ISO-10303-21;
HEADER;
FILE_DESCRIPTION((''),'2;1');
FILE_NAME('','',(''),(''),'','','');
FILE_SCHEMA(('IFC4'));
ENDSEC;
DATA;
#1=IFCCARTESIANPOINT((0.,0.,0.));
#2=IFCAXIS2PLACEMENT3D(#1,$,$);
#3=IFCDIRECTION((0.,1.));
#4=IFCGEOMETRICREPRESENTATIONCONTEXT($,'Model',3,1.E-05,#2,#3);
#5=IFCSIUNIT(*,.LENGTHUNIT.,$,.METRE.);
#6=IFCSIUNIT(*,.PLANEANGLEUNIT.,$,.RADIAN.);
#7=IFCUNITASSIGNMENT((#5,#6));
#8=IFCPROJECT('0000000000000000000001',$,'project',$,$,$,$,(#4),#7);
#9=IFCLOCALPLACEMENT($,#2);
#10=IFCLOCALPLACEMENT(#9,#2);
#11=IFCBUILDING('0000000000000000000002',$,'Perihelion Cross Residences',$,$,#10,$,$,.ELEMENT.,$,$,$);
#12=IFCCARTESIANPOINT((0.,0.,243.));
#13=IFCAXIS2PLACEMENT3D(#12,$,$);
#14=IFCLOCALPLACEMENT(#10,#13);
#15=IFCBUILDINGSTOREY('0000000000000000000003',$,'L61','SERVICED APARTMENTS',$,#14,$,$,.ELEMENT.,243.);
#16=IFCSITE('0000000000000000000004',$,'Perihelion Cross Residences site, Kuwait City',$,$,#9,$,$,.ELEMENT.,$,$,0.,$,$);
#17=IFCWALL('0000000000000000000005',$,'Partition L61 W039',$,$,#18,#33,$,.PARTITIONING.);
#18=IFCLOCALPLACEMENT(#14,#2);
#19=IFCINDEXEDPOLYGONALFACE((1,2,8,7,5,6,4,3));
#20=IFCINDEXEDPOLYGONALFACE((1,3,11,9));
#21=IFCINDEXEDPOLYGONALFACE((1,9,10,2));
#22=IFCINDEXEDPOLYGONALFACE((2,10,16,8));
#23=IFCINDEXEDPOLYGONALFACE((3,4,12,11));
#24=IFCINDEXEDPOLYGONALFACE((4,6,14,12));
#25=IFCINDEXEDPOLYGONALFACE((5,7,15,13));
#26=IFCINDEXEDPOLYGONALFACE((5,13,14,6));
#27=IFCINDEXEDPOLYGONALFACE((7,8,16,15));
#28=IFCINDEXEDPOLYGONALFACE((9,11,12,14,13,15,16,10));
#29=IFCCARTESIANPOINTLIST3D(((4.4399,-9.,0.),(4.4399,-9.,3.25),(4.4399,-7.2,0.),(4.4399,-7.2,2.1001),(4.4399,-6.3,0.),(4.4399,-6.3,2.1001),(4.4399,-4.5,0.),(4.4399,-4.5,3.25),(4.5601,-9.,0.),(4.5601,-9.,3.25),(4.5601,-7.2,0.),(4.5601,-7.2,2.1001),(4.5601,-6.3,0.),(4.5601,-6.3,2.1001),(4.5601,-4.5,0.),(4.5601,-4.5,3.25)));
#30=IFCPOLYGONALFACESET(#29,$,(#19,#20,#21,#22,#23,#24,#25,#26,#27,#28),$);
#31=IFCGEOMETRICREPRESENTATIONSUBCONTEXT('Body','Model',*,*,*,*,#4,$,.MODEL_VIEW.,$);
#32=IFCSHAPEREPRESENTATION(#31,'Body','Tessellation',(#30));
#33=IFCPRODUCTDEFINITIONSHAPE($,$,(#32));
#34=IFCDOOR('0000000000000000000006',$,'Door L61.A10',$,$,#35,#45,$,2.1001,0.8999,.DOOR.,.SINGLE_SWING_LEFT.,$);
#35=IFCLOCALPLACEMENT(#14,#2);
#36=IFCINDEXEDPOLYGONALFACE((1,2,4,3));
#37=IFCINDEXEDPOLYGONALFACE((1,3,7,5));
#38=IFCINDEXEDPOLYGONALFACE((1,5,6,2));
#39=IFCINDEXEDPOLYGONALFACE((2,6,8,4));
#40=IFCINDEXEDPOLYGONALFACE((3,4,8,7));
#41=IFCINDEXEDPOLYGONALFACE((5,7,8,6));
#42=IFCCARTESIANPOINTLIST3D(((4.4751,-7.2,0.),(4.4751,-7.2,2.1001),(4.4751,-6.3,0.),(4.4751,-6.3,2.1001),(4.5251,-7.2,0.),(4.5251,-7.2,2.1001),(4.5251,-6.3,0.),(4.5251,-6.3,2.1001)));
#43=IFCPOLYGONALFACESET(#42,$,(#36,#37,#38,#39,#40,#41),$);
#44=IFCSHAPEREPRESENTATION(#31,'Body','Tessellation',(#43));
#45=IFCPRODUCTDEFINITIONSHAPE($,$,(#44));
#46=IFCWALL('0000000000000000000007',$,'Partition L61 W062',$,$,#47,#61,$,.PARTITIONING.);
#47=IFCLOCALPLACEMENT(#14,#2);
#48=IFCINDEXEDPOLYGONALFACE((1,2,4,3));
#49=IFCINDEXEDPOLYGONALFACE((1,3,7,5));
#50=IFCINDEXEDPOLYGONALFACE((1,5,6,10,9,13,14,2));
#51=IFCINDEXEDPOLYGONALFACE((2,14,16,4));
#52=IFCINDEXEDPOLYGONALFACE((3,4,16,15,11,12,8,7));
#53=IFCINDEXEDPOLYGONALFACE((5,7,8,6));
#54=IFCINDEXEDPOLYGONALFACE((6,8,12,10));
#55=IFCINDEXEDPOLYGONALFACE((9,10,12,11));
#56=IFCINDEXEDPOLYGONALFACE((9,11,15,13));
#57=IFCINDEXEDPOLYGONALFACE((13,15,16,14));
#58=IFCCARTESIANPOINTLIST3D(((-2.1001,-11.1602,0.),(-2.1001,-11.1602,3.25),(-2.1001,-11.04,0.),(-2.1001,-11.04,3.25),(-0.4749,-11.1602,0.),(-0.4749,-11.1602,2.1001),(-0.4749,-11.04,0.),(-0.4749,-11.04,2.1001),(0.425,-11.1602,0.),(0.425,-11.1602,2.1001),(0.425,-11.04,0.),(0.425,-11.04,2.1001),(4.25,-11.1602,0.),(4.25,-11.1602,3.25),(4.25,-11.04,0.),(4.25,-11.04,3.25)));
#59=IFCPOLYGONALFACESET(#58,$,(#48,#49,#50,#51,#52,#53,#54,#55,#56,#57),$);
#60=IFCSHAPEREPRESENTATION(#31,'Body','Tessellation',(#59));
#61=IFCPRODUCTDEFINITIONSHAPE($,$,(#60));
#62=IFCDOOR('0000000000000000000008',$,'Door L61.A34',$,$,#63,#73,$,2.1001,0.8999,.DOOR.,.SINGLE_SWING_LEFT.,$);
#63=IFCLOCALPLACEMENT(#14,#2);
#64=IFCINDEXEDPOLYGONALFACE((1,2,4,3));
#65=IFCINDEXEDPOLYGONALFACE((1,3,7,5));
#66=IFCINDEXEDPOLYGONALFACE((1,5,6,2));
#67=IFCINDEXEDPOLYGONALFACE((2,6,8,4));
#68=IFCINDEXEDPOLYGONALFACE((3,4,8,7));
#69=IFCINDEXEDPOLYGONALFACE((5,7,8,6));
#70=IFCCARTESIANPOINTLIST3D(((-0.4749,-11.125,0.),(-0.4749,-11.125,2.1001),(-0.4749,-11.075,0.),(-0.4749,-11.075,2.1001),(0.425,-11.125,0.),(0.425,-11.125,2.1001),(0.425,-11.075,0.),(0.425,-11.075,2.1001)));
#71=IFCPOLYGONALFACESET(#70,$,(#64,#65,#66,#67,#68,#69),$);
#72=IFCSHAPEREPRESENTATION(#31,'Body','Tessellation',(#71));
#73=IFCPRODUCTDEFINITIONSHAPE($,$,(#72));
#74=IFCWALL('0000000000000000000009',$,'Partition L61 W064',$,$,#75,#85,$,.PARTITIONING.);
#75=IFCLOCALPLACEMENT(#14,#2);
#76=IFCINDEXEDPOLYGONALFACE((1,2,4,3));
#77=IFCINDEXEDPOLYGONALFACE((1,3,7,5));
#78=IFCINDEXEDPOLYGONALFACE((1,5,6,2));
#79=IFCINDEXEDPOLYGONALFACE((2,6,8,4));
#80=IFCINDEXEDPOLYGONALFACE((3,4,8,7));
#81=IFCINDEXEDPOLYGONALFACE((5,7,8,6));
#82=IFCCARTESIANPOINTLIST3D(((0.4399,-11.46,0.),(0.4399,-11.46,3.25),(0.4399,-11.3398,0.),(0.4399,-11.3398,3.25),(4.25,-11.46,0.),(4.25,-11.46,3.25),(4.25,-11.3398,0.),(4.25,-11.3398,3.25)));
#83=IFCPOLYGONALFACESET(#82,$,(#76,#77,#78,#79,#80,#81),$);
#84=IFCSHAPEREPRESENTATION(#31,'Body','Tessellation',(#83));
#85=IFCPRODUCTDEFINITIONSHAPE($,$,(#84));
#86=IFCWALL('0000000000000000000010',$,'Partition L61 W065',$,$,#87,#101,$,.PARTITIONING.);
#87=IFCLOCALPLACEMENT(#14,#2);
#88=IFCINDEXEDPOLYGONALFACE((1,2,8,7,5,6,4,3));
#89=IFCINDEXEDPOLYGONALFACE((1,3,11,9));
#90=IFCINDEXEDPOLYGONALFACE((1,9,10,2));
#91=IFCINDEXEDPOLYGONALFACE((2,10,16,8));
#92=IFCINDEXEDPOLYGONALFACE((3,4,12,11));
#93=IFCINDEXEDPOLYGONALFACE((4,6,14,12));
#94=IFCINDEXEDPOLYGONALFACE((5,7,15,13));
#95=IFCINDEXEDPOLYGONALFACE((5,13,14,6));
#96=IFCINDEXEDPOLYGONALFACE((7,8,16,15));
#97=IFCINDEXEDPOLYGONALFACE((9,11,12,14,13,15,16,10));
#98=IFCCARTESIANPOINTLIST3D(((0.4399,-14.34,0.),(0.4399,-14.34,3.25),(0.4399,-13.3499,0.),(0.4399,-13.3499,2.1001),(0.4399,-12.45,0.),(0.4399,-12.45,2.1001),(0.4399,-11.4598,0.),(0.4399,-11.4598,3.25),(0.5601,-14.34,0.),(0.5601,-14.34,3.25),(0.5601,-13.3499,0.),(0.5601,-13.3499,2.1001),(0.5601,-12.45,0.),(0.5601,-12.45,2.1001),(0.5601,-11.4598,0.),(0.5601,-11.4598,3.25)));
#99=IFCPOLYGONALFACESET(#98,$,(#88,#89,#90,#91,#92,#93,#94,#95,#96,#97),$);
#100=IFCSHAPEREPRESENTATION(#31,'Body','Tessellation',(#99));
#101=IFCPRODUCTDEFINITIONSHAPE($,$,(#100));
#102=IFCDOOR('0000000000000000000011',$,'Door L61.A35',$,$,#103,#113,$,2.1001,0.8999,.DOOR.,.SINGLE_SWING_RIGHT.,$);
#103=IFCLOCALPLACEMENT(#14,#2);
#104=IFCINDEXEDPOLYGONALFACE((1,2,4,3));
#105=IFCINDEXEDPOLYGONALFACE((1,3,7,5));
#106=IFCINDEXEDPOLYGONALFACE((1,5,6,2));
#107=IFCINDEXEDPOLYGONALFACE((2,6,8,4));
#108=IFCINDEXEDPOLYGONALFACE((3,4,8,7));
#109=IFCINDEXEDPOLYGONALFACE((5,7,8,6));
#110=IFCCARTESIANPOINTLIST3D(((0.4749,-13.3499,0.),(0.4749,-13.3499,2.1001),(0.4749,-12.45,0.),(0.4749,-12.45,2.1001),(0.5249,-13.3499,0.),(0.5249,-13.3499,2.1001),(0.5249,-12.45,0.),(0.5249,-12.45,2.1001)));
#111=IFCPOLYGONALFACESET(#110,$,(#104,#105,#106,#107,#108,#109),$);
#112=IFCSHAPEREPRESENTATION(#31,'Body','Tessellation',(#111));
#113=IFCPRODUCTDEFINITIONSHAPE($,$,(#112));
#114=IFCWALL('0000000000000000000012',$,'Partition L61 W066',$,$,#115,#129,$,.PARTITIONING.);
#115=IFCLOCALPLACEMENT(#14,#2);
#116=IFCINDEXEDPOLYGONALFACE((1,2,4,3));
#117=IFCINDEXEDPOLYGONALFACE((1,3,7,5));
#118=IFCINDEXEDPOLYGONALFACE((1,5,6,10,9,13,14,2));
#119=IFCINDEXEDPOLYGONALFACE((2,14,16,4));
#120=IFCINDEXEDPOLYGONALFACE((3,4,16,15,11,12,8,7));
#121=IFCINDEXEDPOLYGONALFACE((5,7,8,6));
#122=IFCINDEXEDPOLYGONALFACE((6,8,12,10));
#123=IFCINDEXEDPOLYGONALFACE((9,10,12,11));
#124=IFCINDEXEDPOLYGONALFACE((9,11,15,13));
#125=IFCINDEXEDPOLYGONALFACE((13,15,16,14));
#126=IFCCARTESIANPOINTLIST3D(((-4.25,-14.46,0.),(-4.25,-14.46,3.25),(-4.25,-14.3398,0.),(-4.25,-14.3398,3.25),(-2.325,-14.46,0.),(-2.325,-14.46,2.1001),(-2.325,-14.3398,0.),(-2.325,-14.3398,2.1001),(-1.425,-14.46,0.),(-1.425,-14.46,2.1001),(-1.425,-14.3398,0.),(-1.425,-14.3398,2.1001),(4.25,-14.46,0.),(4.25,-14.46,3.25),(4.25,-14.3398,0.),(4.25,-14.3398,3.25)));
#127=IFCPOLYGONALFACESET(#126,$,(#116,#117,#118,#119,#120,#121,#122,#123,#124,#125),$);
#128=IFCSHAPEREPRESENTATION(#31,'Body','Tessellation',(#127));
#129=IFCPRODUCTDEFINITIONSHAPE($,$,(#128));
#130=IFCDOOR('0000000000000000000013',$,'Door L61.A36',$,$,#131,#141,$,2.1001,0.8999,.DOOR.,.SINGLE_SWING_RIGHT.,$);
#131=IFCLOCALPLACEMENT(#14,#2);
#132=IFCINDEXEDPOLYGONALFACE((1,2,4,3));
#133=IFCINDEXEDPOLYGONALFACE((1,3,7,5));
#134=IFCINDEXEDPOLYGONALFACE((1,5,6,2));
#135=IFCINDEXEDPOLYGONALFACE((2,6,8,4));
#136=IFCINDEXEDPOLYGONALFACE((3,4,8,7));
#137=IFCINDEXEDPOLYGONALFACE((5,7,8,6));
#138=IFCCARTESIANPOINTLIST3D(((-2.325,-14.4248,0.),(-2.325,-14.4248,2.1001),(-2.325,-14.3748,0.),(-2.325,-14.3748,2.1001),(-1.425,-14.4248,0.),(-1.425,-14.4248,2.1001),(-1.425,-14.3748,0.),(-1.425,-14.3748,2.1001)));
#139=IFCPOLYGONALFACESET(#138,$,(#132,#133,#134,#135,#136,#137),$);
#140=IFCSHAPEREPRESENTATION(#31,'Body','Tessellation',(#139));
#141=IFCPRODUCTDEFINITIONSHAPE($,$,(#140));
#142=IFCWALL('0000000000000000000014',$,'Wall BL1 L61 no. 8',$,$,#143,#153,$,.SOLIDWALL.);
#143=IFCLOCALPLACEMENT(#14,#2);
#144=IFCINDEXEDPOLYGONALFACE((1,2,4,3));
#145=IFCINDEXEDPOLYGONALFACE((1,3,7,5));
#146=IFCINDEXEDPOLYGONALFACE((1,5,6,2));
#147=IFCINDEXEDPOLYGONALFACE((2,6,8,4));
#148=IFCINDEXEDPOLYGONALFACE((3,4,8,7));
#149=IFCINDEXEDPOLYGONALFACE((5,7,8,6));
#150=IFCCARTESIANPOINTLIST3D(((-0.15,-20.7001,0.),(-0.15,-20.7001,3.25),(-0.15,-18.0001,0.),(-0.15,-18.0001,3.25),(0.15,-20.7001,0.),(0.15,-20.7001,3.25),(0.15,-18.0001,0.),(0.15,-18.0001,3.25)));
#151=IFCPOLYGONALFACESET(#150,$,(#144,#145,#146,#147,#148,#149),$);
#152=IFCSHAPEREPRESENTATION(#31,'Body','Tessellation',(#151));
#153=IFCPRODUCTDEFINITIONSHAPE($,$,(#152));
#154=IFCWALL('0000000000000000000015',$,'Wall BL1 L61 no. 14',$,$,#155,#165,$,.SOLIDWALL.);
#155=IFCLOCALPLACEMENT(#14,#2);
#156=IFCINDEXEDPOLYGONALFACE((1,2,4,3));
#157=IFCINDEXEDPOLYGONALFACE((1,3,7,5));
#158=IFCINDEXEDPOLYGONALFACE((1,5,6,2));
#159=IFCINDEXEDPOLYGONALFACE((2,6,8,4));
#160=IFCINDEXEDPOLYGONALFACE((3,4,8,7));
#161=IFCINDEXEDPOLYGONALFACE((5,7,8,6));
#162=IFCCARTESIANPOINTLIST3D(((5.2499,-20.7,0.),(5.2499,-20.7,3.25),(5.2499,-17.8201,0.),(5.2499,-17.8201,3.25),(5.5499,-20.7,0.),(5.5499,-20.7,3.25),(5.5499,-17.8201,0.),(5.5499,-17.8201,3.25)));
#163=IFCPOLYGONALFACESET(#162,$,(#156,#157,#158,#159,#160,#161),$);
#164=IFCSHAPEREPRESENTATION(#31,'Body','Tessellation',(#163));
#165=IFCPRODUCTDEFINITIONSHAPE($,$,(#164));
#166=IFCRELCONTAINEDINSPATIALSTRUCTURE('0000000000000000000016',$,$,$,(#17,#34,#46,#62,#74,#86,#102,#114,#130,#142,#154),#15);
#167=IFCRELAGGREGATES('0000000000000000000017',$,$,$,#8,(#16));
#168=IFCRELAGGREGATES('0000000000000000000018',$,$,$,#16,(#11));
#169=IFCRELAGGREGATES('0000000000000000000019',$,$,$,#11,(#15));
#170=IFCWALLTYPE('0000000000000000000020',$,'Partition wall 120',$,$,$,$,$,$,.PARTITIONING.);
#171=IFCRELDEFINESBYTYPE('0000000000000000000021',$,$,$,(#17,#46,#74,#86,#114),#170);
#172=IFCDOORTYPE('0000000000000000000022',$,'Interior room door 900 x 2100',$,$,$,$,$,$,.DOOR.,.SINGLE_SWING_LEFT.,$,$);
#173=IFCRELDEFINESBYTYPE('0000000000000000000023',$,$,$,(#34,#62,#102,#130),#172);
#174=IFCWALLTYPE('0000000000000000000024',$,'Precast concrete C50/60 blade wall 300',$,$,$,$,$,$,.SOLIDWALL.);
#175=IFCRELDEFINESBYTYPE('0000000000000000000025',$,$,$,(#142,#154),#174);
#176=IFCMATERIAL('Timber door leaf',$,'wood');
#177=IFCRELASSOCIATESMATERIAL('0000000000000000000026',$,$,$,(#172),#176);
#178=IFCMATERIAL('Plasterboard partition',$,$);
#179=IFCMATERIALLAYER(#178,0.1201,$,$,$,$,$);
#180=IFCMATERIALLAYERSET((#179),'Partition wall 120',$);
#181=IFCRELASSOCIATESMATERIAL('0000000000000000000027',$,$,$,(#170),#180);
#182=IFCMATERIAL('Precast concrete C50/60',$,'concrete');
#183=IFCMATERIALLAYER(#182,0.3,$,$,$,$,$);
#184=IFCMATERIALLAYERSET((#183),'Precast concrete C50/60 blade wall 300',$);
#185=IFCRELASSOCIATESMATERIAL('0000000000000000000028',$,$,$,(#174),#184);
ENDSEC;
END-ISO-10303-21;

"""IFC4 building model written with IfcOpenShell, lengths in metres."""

from ifc_helpers import new_model, si_unit, direction, frame, frame_2d, origin, place, context, subcontext, project, spatial, rectangle, extrude, material, layer, layer_set, type_object, element, fill, save


model = new_model("IFC4")

# Units and contexts
model_context = context("Model", 3, precision=1e-05, world=origin(), true_north=direction((0.0, 1.0)))
body_context = subcontext(model_context, "Body", "Model", "MODEL_VIEW")
ifc_project = project(units=[si_unit("LENGTHUNIT", "METRE"), si_unit("PLANEANGLEUNIT", "RADIAN")], contexts=[model_context])

# Site, building, storey
site_placement = place(None, origin())
site = spatial("IfcSite", under=ifc_project, at=site_placement, Name="Perihelion Cross Residences site, Kuwait City", CompositionType="ELEMENT", RefElevation=0.0)
building_placement = place(site_placement, origin())
building = spatial("IfcBuilding", under=site, at=building_placement, Name="Perihelion Cross Residences", CompositionType="ELEMENT")
storey_placement = place(building_placement, frame((0.0, 0.0, 243.0)))
storey = spatial("IfcBuildingStorey", under=building, at=storey_placement, Name="L61", Description="SERVICED APARTMENTS", CompositionType="ELEMENT", Elevation=243.0)

# Walls, openings, doors
ifc_material_1 = material(Name="Timber door leaf", Category="wood")
door_type_1 = type_object("IfcDoorType", Name="Interior room door 900 x 2100", OperationType="SINGLE_SWING_LEFT", PredefinedType="DOOR", material=ifc_material_1)
ifc_material_2 = material(Name="Plasterboard partition")
ifc_layer_1 = layer(ifc_material_2, 0.1201)
ifc_layer_set_1 = layer_set([ifc_layer_1], Name="Partition wall 120")
wall_type_1 = type_object("IfcWallType", Name="Partition wall 120", PredefinedType="PARTITIONING", material=ifc_layer_set_1)
wall_1_placement = place(storey_placement, frame((4.5, -9.0, 0.0), z_axis=(0.0, 0.0, 1.0), x_axis=(0.0, 1.0, 0.0)))
wall_1 = element("IfcWall", 1, at=wall_1_placement, inside=storey, type_object=wall_type_1, Name="Partition L61 W039", PredefinedType="PARTITIONING", context=body_context, shape_type="SweptSolid", body=[
    extrude(rectangle(XDim=4.5, YDim=0.1201, at=frame_2d((2.25, 0.0))), origin(), (0.0, 0.0, 1.0), 3.25),
])
opening_1_placement = place(wall_1_placement, frame((1.8, 0.0, 0.0)))
opening_1 = element("IfcOpeningElement", 2, at=opening_1_placement, cuts=wall_1, PredefinedType="OPENING", context=body_context, shape_type="SweptSolid", body=[
    extrude(rectangle(XDim=0.8999, YDim=2.1001, at=frame_2d((0.45, 1.05))), frame((0.0, 0.0701, 0.0), z_axis=(0.0, -1.0, 0.0), x_axis=(1.0, 0.0, 0.0)), (0.0, 0.0, 1.0), 0.1401),
])
door_1_placement = place(opening_1_placement, origin())
door_1 = element("IfcDoor", 3, at=door_1_placement, inside=storey, type_object=door_type_1, Name="Door L61.A10", OperationType="SINGLE_SWING_LEFT", OverallHeight=2.1001, OverallWidth=0.8999, PredefinedType="DOOR", context=body_context, shape_type="SweptSolid", body=[
    extrude(rectangle(XDim=0.8999, YDim=2.1001, at=frame_2d((0.45, 1.05))), frame((0.0, 0.0249, 0.0), z_axis=(0.0, -1.0, 0.0), x_axis=(1.0, 0.0, 0.0)), (0.0, 0.0, 1.0), 0.05),
])
fill(opening_1, door_1)
wall_2_placement = place(storey_placement, frame((4.25, -11.1001, 0.0), z_axis=(0.0, 0.0, 1.0), x_axis=(-1.0, 0.0, 0.0)))
wall_2 = element("IfcWall", 4, at=wall_2_placement, inside=storey, type_object=wall_type_1, Name="Partition L61 W062", PredefinedType="PARTITIONING", context=body_context, shape_type="SweptSolid", body=[
    extrude(rectangle(XDim=6.3501, YDim=0.1201, at=frame_2d((3.175, 0.0))), origin(), (0.0, 0.0, 1.0), 3.25),
])
opening_2_placement = place(wall_2_placement, frame((3.825, 0.0, 0.0)))
opening_2 = element("IfcOpeningElement", 5, at=opening_2_placement, cuts=wall_2, PredefinedType="OPENING", context=body_context, shape_type="SweptSolid", body=[
    extrude(rectangle(XDim=0.8999, YDim=2.1001, at=frame_2d((0.45, 1.05))), frame((0.0, 0.0701, 0.0), z_axis=(0.0, -1.0, 0.0), x_axis=(1.0, 0.0, 0.0)), (0.0, 0.0, 1.0), 0.1401),
])
door_2_placement = place(opening_2_placement, origin())
door_2 = element("IfcDoor", 6, at=door_2_placement, inside=storey, type_object=door_type_1, Name="Door L61.A34", OperationType="SINGLE_SWING_LEFT", OverallHeight=2.1001, OverallWidth=0.8999, PredefinedType="DOOR", context=body_context, shape_type="SweptSolid", body=[
    extrude(rectangle(XDim=0.8999, YDim=2.1001, at=frame_2d((0.45, 1.05))), frame((0.0, 0.0249, 0.0), z_axis=(0.0, -1.0, 0.0), x_axis=(1.0, 0.0, 0.0)), (0.0, 0.0, 1.0), 0.05),
])
fill(opening_2, door_2)

# Wall
wall_3_placement = place(storey_placement, frame((4.25, -11.3999, 0.0), z_axis=(0.0, 0.0, 1.0), x_axis=(-1.0, 0.0, 0.0)))
element("IfcWall", 7, at=wall_3_placement, inside=storey, type_object=wall_type_1, Name="Partition L61 W064", PredefinedType="PARTITIONING", context=body_context, shape_type="SweptSolid", body=[
    extrude(rectangle(XDim=3.8101, YDim=0.1201, at=frame_2d((1.905, 0.0))), origin(), (0.0, 0.0, 1.0), 3.25),
])

# Walls, openings, doors
wall_4_placement = place(storey_placement, frame((0.5, -11.46, 0.0), z_axis=(0.0, 0.0, 1.0), x_axis=(0.0, -1.0, 0.0)))
wall_4 = element("IfcWall", 8, at=wall_4_placement, inside=storey, type_object=wall_type_1, Name="Partition L61 W065", PredefinedType="PARTITIONING", context=body_context, shape_type="SweptSolid", body=[
    extrude(rectangle(XDim=2.8801, YDim=0.1201, at=frame_2d((1.4399, 0.0))), origin(), (0.0, 0.0, 1.0), 3.25),
])
opening_3_placement = place(wall_4_placement, frame((0.99, 0.0, 0.0)))
opening_3 = element("IfcOpeningElement", 9, at=opening_3_placement, cuts=wall_4, PredefinedType="OPENING", context=body_context, shape_type="SweptSolid", body=[
    extrude(rectangle(XDim=0.8999, YDim=2.1001, at=frame_2d((0.45, 1.05))), frame((0.0, 0.0701, 0.0), z_axis=(0.0, -1.0, 0.0), x_axis=(1.0, 0.0, 0.0)), (0.0, 0.0, 1.0), 0.1401),
])
door_3_placement = place(opening_3_placement, origin())
door_3 = element("IfcDoor", 10, at=door_3_placement, inside=storey, type_object=door_type_1, Name="Door L61.A35", OperationType="SINGLE_SWING_RIGHT", OverallHeight=2.1001, OverallWidth=0.8999, PredefinedType="DOOR", context=body_context, shape_type="SweptSolid", body=[
    extrude(rectangle(XDim=0.8999, YDim=2.1001, at=frame_2d((0.45, 1.05))), frame((0.0, 0.0249, 0.0), z_axis=(0.0, -1.0, 0.0), x_axis=(1.0, 0.0, 0.0)), (0.0, 0.0, 1.0), 0.05),
])
fill(opening_3, door_3)
wall_5_placement = place(storey_placement, frame((4.25, -14.3999, 0.0), z_axis=(0.0, 0.0, 1.0), x_axis=(-1.0, 0.0, 0.0)))
wall_5 = element("IfcWall", 11, at=wall_5_placement, inside=storey, type_object=wall_type_1, Name="Partition L61 W066", PredefinedType="PARTITIONING", context=body_context, shape_type="SweptSolid", body=[
    extrude(rectangle(XDim=8.5, YDim=0.1201, at=frame_2d((4.25, 0.0))), origin(), (0.0, 0.0, 1.0), 3.25),
])
opening_4_placement = place(wall_5_placement, frame((5.675, 0.0, 0.0)))
opening_4 = element("IfcOpeningElement", 12, at=opening_4_placement, cuts=wall_5, PredefinedType="OPENING", context=body_context, shape_type="SweptSolid", body=[
    extrude(rectangle(XDim=0.8999, YDim=2.1001, at=frame_2d((0.45, 1.05))), frame((0.0, 0.0701, 0.0), z_axis=(0.0, -1.0, 0.0), x_axis=(1.0, 0.0, 0.0)), (0.0, 0.0, 1.0), 0.1401),
])
door_4_placement = place(opening_4_placement, origin())
door_4 = element("IfcDoor", 13, at=door_4_placement, inside=storey, type_object=door_type_1, Name="Door L61.A36", OperationType="SINGLE_SWING_RIGHT", OverallHeight=2.1001, OverallWidth=0.8999, PredefinedType="DOOR", context=body_context, shape_type="SweptSolid", body=[
    extrude(rectangle(XDim=0.8999, YDim=2.1001, at=frame_2d((0.45, 1.05))), frame((0.0, 0.0249, 0.0), z_axis=(0.0, -1.0, 0.0), x_axis=(1.0, 0.0, 0.0)), (0.0, 0.0, 1.0), 0.05),
])
fill(opening_4, door_4)

# Walls
ifc_material_3 = material(Name="Precast concrete C50/60", Category="concrete")
ifc_layer_2 = layer(ifc_material_3, 0.3)
ifc_layer_set_2 = layer_set([ifc_layer_2], Name="Precast concrete C50/60 blade wall 300")
wall_type_2 = type_object("IfcWallType", Name="Precast concrete C50/60 blade wall 300", PredefinedType="SOLIDWALL", material=ifc_layer_set_2)
wall_6_placement = place(storey_placement, frame((0.0, -18.0, 0.0), z_axis=(0.0, 0.0, 1.0), x_axis=(0.0, -1.0, 0.0)))
element("IfcWall", 14, at=wall_6_placement, inside=storey, type_object=wall_type_2, Name="Wall BL1 L61 no. 8", PredefinedType="SOLIDWALL", context=body_context, shape_type="SweptSolid", body=[
    extrude(rectangle(XDim=2.7, YDim=0.3, at=frame_2d((1.3501, 0.0))), origin(), (0.0, 0.0, 1.0), 3.25),
])
wall_7_placement = place(storey_placement, frame((5.3999, -17.8201, 0.0), z_axis=(0.0, 0.0, 1.0), x_axis=(0.0, -1.0, 0.0)))
element("IfcWall", 15, at=wall_7_placement, inside=storey, type_object=wall_type_2, Name="Wall BL1 L61 no. 14", PredefinedType="SOLIDWALL", context=body_context, shape_type="SweptSolid", body=[
    extrude(rectangle(XDim=2.8799, YDim=0.3, at=frame_2d((1.4399, 0.0))), origin(), (0.0, 0.0, 1.0), 3.25),
])

save(model, "model.ifc")
